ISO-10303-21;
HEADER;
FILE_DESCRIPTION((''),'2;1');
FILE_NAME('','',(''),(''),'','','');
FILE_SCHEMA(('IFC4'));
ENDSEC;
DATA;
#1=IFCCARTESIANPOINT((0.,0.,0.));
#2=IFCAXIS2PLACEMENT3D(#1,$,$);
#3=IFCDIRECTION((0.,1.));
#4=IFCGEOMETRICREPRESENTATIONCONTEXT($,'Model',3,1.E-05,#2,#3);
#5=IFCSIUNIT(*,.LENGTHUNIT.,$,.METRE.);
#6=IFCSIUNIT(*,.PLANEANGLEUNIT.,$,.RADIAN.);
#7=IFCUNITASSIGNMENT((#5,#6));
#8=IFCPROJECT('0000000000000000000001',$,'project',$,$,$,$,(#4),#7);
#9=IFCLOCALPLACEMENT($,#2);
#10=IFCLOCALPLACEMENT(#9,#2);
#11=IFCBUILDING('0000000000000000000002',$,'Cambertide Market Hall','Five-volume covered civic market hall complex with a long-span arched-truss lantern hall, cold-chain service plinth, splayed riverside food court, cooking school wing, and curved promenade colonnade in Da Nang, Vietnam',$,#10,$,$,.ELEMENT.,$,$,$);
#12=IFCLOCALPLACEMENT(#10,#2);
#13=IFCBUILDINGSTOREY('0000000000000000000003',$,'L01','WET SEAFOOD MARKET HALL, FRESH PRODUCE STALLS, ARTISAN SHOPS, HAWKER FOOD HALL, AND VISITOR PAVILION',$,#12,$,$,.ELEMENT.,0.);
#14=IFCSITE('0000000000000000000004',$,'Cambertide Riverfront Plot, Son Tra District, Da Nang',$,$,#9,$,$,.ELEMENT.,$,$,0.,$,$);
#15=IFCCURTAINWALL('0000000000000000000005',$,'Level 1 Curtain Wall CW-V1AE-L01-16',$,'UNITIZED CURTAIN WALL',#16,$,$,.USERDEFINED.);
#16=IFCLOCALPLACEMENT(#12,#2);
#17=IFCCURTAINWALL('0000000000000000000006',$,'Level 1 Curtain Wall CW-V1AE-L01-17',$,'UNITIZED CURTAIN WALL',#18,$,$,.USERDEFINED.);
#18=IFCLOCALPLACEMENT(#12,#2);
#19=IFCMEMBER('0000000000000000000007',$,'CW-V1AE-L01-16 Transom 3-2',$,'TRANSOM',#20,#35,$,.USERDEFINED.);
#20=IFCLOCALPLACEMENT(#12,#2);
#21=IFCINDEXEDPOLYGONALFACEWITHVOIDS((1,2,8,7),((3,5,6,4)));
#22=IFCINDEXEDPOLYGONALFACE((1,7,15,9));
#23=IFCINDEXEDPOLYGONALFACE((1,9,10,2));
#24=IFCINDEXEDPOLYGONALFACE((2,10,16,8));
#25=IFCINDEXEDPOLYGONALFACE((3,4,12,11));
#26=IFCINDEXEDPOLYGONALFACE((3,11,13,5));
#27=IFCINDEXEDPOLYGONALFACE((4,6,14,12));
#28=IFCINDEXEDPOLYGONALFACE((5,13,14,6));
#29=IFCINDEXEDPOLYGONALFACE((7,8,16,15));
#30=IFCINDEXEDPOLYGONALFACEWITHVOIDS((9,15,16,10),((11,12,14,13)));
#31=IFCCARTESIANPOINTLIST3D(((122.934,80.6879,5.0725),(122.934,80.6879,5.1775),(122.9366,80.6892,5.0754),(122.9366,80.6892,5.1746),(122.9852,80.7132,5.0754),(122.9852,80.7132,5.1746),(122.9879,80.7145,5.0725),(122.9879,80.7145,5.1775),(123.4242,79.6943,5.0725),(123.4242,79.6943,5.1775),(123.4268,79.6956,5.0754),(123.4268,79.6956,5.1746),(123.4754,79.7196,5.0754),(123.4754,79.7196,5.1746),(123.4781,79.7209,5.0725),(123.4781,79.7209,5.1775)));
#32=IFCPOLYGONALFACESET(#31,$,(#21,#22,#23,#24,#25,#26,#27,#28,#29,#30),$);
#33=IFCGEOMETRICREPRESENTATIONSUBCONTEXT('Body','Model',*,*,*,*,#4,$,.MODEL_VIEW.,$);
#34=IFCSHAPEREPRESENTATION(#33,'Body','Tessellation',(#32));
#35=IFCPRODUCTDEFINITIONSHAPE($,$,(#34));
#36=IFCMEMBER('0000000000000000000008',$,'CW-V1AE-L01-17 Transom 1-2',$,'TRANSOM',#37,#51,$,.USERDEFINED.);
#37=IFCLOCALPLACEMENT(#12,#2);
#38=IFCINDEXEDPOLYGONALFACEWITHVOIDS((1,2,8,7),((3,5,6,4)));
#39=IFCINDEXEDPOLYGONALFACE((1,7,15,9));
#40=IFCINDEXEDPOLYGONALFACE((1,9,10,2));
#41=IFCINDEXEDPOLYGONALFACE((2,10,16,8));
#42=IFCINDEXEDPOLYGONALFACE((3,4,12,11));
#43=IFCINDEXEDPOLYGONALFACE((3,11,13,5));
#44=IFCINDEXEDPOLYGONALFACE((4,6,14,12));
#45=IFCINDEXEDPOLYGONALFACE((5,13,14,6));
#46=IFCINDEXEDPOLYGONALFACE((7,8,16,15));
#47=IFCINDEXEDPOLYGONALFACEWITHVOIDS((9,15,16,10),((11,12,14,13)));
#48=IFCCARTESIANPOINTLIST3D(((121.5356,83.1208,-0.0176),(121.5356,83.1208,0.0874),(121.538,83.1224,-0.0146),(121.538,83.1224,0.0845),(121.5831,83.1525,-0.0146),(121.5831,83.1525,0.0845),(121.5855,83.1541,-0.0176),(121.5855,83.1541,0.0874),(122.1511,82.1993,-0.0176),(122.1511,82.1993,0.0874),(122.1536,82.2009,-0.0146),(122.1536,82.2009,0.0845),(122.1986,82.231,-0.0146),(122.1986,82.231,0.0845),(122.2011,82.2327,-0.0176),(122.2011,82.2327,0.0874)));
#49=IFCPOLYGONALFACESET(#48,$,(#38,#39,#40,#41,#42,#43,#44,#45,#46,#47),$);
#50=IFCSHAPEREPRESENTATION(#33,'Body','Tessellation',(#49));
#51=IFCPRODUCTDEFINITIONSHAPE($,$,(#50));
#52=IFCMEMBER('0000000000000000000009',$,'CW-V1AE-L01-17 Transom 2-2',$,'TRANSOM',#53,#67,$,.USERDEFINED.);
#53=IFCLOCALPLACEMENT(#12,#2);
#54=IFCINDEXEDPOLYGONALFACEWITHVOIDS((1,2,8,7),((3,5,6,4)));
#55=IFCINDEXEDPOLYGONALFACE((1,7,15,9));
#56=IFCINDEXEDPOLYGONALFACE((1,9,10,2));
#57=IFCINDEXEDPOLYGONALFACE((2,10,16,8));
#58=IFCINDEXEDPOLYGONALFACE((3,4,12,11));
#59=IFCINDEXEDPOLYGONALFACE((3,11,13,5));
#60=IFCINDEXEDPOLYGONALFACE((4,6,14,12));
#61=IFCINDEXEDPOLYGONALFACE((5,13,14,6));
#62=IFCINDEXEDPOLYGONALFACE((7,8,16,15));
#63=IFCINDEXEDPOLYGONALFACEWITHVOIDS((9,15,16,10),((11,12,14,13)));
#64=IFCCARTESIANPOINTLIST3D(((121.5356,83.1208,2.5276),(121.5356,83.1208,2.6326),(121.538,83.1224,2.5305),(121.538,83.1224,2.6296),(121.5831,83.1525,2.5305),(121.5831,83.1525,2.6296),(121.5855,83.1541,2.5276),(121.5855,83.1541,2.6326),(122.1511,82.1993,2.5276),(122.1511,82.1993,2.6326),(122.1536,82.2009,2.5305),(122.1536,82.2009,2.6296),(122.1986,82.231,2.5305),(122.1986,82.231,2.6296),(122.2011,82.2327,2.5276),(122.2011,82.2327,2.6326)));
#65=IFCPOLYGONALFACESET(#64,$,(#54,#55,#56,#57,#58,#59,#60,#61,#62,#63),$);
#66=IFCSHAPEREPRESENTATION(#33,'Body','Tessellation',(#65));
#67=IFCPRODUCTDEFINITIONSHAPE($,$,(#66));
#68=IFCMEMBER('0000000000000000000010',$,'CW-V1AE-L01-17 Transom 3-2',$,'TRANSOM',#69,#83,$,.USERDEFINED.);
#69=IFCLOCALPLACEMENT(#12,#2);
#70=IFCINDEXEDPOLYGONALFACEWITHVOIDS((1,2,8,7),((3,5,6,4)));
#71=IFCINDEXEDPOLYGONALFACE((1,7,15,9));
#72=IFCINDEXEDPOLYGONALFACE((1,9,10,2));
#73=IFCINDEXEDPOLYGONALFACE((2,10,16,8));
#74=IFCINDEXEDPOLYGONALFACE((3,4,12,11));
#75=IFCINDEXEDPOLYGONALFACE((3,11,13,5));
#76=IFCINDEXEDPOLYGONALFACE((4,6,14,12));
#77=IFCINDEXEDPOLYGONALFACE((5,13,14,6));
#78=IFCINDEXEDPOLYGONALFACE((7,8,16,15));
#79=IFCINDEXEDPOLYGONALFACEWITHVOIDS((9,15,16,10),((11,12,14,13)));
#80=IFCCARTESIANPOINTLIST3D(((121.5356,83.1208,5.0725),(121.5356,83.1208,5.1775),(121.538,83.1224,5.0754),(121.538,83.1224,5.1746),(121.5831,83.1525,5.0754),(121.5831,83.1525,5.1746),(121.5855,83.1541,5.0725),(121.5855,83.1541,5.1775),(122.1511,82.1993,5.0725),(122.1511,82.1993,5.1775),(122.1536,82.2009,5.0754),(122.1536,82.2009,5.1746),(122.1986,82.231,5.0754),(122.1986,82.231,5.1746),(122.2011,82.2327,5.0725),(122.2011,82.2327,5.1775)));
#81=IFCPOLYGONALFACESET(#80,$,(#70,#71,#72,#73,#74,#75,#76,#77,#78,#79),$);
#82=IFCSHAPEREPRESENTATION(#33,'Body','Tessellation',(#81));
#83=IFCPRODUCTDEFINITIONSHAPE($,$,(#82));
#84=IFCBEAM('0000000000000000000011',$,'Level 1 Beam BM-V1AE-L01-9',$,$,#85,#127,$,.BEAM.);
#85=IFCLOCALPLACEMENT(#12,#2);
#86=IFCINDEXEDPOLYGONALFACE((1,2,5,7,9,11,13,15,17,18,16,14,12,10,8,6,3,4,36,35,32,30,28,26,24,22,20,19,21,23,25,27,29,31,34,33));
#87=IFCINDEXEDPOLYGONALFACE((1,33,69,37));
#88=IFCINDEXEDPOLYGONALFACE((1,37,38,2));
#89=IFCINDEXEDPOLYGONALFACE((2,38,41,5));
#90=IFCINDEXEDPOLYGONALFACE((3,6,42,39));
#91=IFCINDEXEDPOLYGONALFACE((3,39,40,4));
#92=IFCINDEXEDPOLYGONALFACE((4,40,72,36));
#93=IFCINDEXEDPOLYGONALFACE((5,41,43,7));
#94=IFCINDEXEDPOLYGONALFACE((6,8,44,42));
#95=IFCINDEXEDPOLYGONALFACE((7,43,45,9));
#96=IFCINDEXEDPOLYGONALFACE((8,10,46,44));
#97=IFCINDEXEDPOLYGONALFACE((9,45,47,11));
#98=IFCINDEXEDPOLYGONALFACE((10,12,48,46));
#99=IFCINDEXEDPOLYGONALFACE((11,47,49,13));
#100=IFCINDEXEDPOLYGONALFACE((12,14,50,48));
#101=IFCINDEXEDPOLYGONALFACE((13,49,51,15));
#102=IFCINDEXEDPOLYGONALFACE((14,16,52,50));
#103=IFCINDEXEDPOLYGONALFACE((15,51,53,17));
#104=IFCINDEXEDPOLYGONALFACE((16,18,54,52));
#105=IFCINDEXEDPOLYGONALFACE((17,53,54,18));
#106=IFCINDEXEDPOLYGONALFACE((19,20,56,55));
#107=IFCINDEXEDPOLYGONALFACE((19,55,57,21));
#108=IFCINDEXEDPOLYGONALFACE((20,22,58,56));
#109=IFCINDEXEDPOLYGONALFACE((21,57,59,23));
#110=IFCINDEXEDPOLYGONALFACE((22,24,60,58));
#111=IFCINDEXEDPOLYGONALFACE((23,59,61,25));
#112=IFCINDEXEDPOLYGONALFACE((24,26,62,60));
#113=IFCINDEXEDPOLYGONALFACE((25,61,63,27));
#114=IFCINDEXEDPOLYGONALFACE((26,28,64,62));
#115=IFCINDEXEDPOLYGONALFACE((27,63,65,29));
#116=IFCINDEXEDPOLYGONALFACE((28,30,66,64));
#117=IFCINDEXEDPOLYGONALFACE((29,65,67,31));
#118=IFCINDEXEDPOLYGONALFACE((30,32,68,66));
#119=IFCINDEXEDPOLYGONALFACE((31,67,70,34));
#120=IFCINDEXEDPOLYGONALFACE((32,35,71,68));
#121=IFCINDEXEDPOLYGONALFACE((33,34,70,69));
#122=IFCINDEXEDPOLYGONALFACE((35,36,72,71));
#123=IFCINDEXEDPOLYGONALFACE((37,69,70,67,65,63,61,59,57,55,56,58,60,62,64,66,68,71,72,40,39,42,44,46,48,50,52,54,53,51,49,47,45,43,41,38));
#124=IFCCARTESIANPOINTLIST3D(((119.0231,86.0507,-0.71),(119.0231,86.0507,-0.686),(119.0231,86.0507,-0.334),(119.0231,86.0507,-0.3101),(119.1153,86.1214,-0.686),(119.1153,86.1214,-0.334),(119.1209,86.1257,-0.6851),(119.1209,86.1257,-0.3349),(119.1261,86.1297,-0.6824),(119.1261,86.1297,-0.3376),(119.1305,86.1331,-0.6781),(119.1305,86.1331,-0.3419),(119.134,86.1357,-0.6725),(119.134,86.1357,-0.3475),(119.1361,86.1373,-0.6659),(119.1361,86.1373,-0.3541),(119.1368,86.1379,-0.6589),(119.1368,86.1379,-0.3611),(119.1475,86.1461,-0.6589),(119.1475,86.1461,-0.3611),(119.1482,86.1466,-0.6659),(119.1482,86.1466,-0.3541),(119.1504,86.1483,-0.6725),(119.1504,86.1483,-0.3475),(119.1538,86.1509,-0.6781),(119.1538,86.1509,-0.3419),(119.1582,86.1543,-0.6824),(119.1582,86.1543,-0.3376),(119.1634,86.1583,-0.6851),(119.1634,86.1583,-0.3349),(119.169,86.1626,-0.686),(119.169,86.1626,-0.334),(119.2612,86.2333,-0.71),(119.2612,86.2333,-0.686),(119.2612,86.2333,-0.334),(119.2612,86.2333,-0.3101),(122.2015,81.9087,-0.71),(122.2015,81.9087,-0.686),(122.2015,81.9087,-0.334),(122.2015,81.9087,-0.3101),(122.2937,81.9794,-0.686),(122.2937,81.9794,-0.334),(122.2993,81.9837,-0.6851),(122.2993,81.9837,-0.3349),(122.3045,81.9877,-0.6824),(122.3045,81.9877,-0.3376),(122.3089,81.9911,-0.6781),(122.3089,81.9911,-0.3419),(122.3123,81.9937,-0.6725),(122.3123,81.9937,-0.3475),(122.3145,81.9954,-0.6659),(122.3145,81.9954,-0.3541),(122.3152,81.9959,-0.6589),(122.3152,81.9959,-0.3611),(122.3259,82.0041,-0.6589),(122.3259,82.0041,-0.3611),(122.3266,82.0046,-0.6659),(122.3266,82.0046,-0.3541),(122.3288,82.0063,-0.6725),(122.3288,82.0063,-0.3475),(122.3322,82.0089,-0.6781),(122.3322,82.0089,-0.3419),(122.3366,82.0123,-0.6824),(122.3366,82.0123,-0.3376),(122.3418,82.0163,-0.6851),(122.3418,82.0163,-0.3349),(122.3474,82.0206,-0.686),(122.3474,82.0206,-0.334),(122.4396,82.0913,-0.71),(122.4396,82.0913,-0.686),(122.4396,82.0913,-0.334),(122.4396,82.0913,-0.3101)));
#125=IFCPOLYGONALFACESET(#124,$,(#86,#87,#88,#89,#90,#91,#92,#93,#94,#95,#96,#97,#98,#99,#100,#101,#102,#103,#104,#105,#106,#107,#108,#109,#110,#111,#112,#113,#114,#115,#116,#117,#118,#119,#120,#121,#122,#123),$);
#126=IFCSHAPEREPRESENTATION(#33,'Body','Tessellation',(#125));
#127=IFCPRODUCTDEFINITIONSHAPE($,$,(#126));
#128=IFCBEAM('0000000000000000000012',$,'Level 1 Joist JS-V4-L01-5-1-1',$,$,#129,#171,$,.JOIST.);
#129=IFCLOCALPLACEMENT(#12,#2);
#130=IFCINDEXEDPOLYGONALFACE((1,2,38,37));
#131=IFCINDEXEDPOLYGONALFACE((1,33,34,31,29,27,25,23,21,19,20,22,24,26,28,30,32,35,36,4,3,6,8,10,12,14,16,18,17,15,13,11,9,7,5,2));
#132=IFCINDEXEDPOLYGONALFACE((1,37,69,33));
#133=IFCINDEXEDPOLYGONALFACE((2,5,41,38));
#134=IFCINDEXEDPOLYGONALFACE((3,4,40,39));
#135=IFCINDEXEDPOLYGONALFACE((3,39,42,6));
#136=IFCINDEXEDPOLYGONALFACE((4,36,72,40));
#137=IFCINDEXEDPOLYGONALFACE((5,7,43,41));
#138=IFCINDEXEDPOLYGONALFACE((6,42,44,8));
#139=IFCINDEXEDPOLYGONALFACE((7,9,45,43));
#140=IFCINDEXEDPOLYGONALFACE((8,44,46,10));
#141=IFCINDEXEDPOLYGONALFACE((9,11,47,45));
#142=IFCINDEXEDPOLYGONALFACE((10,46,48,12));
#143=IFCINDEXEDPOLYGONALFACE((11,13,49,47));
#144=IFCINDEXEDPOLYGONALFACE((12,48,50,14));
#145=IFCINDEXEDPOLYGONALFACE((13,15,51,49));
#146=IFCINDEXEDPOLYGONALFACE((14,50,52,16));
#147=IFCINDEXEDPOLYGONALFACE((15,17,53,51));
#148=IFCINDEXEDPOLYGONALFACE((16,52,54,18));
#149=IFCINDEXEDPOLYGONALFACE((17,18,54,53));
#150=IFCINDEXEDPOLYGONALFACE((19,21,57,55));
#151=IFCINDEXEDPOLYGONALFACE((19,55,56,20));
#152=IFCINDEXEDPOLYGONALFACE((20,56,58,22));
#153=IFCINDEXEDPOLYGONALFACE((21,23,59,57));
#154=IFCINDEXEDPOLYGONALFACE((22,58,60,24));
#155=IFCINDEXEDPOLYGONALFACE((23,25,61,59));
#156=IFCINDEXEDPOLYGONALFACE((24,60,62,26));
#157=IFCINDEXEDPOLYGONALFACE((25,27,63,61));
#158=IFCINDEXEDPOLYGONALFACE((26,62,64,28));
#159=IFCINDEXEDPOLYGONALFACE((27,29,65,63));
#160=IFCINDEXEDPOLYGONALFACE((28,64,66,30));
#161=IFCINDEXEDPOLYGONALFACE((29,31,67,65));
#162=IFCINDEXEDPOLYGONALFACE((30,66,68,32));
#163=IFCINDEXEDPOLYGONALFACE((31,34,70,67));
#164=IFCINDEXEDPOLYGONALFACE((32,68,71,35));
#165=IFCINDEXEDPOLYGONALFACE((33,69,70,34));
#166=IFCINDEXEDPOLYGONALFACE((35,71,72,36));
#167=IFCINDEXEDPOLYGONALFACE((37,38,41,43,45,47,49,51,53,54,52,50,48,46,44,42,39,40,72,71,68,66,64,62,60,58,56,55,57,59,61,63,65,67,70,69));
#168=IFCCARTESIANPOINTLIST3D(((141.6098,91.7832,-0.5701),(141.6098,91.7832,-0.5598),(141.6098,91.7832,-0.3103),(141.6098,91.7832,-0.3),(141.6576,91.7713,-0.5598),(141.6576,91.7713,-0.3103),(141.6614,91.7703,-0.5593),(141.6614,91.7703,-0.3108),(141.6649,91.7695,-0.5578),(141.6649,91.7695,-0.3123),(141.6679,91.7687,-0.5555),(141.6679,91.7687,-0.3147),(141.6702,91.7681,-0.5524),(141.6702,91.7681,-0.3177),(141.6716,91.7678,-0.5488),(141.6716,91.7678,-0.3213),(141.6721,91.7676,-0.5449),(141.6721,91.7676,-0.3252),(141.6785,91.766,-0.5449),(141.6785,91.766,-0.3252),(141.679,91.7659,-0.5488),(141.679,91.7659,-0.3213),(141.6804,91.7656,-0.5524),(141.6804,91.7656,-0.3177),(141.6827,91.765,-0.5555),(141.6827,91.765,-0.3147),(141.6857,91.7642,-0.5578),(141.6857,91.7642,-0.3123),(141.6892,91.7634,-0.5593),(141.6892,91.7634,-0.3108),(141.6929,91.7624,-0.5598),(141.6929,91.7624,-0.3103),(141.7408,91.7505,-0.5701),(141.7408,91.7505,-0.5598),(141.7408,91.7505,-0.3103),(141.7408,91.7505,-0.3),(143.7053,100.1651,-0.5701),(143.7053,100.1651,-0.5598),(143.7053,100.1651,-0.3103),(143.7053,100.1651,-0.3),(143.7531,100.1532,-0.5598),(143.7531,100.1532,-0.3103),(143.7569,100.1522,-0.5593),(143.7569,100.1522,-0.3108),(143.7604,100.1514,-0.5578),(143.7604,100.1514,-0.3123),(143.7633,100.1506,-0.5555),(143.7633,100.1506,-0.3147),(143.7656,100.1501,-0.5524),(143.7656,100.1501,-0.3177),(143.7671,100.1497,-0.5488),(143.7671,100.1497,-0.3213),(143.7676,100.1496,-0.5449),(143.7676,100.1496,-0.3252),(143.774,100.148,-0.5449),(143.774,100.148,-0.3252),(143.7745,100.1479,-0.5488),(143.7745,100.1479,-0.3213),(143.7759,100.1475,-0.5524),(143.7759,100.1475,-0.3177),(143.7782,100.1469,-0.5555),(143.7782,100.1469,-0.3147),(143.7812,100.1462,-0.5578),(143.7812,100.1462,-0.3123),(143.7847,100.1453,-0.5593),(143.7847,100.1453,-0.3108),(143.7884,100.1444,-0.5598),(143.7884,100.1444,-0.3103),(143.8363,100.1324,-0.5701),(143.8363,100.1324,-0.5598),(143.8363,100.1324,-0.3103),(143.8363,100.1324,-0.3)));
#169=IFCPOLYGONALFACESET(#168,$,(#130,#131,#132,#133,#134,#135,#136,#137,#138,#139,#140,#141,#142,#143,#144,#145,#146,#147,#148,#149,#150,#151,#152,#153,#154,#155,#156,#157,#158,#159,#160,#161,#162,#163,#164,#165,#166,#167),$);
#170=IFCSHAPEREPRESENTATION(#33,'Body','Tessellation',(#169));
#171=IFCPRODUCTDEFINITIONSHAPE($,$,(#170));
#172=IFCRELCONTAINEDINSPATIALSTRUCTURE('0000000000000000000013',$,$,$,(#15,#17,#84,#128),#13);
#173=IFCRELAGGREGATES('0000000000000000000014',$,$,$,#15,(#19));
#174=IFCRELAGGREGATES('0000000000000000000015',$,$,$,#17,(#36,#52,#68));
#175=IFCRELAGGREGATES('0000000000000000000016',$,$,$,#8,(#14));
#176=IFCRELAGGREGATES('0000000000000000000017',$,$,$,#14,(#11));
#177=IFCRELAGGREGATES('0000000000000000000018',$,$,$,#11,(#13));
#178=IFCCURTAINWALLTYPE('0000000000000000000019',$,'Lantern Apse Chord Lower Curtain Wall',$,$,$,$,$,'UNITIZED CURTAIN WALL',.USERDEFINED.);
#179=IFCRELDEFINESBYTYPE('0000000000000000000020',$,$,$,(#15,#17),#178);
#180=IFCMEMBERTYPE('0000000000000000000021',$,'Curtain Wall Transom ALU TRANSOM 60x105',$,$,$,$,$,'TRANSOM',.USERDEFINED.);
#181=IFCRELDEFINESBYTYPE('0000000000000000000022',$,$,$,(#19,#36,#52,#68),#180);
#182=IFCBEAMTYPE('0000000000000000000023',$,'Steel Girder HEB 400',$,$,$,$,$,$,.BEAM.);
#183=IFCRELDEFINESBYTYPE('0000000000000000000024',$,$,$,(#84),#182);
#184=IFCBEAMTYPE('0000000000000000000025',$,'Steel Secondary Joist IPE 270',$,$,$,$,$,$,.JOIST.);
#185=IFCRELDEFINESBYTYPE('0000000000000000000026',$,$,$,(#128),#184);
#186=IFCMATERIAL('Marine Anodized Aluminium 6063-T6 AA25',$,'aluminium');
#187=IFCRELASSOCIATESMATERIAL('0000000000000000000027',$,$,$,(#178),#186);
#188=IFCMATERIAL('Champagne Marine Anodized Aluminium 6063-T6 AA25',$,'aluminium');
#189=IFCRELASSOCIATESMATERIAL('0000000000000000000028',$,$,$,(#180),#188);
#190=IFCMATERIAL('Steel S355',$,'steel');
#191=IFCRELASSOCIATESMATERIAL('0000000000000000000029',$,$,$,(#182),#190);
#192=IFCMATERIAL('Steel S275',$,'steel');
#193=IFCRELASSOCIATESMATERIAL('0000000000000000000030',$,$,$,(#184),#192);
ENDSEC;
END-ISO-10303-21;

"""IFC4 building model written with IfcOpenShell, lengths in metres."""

from ifc_helpers import new_model, si_unit, direction, frame, origin, origin_2d, place, context, subcontext, project, spatial, hollow_rectangle, i_section, extrude, material, material_profile, profile_set, type_object, element, aggregate, save


model = new_model("IFC4")

# Units and contexts
model_context = context("Model", 3, precision=1e-05, world=origin(), true_north=direction((0.0, 1.0)))
body_context = subcontext(model_context, "Body", "Model", "MODEL_VIEW")
ifc_project = project(units=[si_unit("LENGTHUNIT", "METRE"), si_unit("PLANEANGLEUNIT", "RADIAN")], contexts=[model_context])

# Site, building, storey
site_placement = place(None, origin())
site = spatial("IfcSite", under=ifc_project, at=site_placement, Name="Cambertide Riverfront Plot, Son Tra District, Da Nang", CompositionType="ELEMENT", RefElevation=0.0)
building_placement = place(site_placement, origin())
building = spatial("IfcBuilding", under=site, at=building_placement, Name="Cambertide Market Hall", Description="Five-volume covered civic market hall complex with a long-span arched-truss lantern hall, cold-chain service plinth, splayed riverside food court, cooking school wing, and curved promenade colonnade in Da Nang, Vietnam", CompositionType="ELEMENT")
storey_placement = place(building_placement, origin())
storey = spatial("IfcBuildingStorey", under=building, at=storey_placement, Name="L01", Description="WET SEAFOOD MARKET HALL, FRESH PRODUCE STALLS, ARTISAN SHOPS, HAWKER FOOD HALL, AND VISITOR PAVILION", CompositionType="ELEMENT", Elevation=0.0)

# Curtain wall
ifc_material_1 = material(Name="Marine Anodized Aluminium 6063-T6 AA25", Category="aluminium")
curtain_wall_type = type_object("IfcCurtainWallType", Name="Lantern Apse Chord Lower Curtain Wall", ElementType="UNITIZED CURTAIN WALL", PredefinedType="USERDEFINED", material=ifc_material_1)
curtain_wall_1_placement = place(storey_placement, origin())
curtain_wall_1 = element("IfcCurtainWall", 1, at=curtain_wall_1_placement, inside=storey, type_object=curtain_wall_type, Name="Level 1 Curtain Wall CW-V1AE-L01-16", ObjectType="UNITIZED CURTAIN WALL", PredefinedType="USERDEFINED")

# Curtain wall
curtain_wall_2_placement = place(storey_placement, origin())
curtain_wall_2 = element("IfcCurtainWall", 2, at=curtain_wall_2_placement, inside=storey, type_object=curtain_wall_type, Name="Level 1 Curtain Wall CW-V1AE-L01-17", ObjectType="UNITIZED CURTAIN WALL", PredefinedType="USERDEFINED")

# Members
ifc_material_2 = material(Name="Champagne Marine Anodized Aluminium 6063-T6 AA25", Category="aluminium")
ifc_material_profile_1 = material_profile(ifc_material_2, hollow_rectangle(XDim=0.0601, YDim=0.105, WallThickness=0.0029, at=origin_2d()), Name="ALU TRANSOM 60x105")
ifc_profile_set_1 = profile_set([ifc_material_profile_1], Name="Champagne Marine Anodized Aluminium 6063-T6 AA25")
member_type_1 = type_object("IfcMemberType", Name="Curtain Wall Transom ALU TRANSOM 60x105", ElementType="TRANSOM", PredefinedType="USERDEFINED", material=ifc_profile_set_1)
member_1_placement = place(storey_placement, frame((122.9609, 80.7012, 5.125), z_axis=(0.442448, -0.896794, 0.0), x_axis=(0.896794, 0.442448, 0.0)))
member_1 = element("IfcMember", 3, at=member_1_placement, type_object=member_type_1, Name="CW-V1AE-L01-16 Transom 3-2", ObjectType="TRANSOM", PredefinedType="USERDEFINED", context=body_context, shape_type="SweptSolid", body=[
    extrude(hollow_rectangle(XDim=0.0601, YDim=0.105, WallThickness=0.0029, at=origin_2d()), origin(), (0.0, 0.0, 1.0), 1.1079),
])
member_2_placement = place(storey_placement, frame((121.5605, 83.1375, 0.0349), z_axis=(0.555463, -0.831541, 0.0), x_axis=(0.831541, 0.555463, 0.0)))
member_2 = element("IfcMember", 4, at=member_2_placement, type_object=member_type_1, Name="CW-V1AE-L01-17 Transom 1-2", ObjectType="TRANSOM", PredefinedType="USERDEFINED", context=body_context, shape_type="SweptSolid", body=[
    extrude(hollow_rectangle(XDim=0.0601, YDim=0.105, WallThickness=0.0029, at=origin_2d()), origin(), (0.0, 0.0, 1.0), 1.1082),
])
member_3_placement = place(storey_placement, frame((121.5605, 83.1375, 2.5801), z_axis=(0.555463, -0.831541, 0.0), x_axis=(0.831541, 0.555463, 0.0)))
member_3 = element("IfcMember", 5, at=member_3_placement, type_object=member_type_1, Name="CW-V1AE-L01-17 Transom 2-2", ObjectType="TRANSOM", PredefinedType="USERDEFINED", context=body_context, shape_type="SweptSolid", body=[
    extrude(hollow_rectangle(XDim=0.0601, YDim=0.105, WallThickness=0.0029, at=origin_2d()), origin(), (0.0, 0.0, 1.0), 1.1082),
])
member_4_placement = place(storey_placement, frame((121.5605, 83.1375, 5.125), z_axis=(0.555463, -0.831541, 0.0), x_axis=(0.831541, 0.555463, 0.0)))
member_4 = element("IfcMember", 6, at=member_4_placement, type_object=member_type_1, Name="CW-V1AE-L01-17 Transom 3-2", ObjectType="TRANSOM", PredefinedType="USERDEFINED", context=body_context, shape_type="SweptSolid", body=[
    extrude(hollow_rectangle(XDim=0.0601, YDim=0.105, WallThickness=0.0029, at=origin_2d()), origin(), (0.0, 0.0, 1.0), 1.1082),
])

# Beams
ifc_material_3 = material(Name="Steel S355", Category="steel")
ifc_material_profile_2 = material_profile(ifc_material_3, i_section(OverallWidth=0.3, OverallDepth=0.3999, WebThickness=0.0134, FlangeThickness=0.0239, FilletRadius=0.0271, at=origin_2d()), Name="HEB 400")
ifc_profile_set_2 = profile_set([ifc_material_profile_2], Name="Steel S355")
beam_type_1 = type_object("IfcBeamType", Name="Steel Girder HEB 400", PredefinedType="BEAM", material=ifc_profile_set_2)
beam_1_placement = place(storey_placement, frame((122.3206, 82.0, -0.51), z_axis=(-0.608777, 0.793341, 0.0), x_axis=(-0.793341, -0.608777, 0.0)))
element("IfcBeam", 7, at=beam_1_placement, inside=storey, type_object=beam_type_1, Name="Level 1 Beam BM-V1AE-L01-9", PredefinedType="BEAM", context=body_context, shape_type="SweptSolid", body=[
    extrude(i_section(OverallWidth=0.3, OverallDepth=0.3999, WebThickness=0.0134, FlangeThickness=0.0239, FilletRadius=0.0271, at=origin_2d()), origin(), (0.0, 0.0, 1.0), 5.2209),
])
ifc_material_4 = material(Name="Steel S275", Category="steel")
ifc_material_profile_3 = material_profile(ifc_material_4, i_section(OverallWidth=0.135, OverallDepth=0.27, WebThickness=0.0066, FlangeThickness=0.0103, FilletRadius=0.0149, at=origin_2d()), Name="IPE 270")
ifc_profile_set_3 = profile_set([ifc_material_profile_3], Name="Steel S275")
beam_type_2 = type_object("IfcBeamType", Name="Steel Secondary Joist IPE 270", PredefinedType="JOIST", material=ifc_profile_set_3)
beam_2_placement = place(storey_placement, frame((141.6753, 91.7668, -0.4351), z_axis=(0.242536, 0.970143, 0.0), x_axis=(-0.970143, 0.242536, 0.0)))
element("IfcBeam", 8, at=beam_2_placement, inside=storey, type_object=beam_type_2, Name="Level 1 Joist JS-V4-L01-5-1-1", PredefinedType="JOIST", context=body_context, shape_type="SweptSolid", body=[
    extrude(i_section(OverallWidth=0.135, OverallDepth=0.27, WebThickness=0.0066, FlangeThickness=0.0103, FilletRadius=0.0149, at=origin_2d()), origin(), (0.0, 0.0, 1.0), 8.6399),
])

aggregate(curtain_wall_1, [member_1])
aggregate(curtain_wall_2, [member_2, member_3, member_4])

save(model, "model.ifc")
